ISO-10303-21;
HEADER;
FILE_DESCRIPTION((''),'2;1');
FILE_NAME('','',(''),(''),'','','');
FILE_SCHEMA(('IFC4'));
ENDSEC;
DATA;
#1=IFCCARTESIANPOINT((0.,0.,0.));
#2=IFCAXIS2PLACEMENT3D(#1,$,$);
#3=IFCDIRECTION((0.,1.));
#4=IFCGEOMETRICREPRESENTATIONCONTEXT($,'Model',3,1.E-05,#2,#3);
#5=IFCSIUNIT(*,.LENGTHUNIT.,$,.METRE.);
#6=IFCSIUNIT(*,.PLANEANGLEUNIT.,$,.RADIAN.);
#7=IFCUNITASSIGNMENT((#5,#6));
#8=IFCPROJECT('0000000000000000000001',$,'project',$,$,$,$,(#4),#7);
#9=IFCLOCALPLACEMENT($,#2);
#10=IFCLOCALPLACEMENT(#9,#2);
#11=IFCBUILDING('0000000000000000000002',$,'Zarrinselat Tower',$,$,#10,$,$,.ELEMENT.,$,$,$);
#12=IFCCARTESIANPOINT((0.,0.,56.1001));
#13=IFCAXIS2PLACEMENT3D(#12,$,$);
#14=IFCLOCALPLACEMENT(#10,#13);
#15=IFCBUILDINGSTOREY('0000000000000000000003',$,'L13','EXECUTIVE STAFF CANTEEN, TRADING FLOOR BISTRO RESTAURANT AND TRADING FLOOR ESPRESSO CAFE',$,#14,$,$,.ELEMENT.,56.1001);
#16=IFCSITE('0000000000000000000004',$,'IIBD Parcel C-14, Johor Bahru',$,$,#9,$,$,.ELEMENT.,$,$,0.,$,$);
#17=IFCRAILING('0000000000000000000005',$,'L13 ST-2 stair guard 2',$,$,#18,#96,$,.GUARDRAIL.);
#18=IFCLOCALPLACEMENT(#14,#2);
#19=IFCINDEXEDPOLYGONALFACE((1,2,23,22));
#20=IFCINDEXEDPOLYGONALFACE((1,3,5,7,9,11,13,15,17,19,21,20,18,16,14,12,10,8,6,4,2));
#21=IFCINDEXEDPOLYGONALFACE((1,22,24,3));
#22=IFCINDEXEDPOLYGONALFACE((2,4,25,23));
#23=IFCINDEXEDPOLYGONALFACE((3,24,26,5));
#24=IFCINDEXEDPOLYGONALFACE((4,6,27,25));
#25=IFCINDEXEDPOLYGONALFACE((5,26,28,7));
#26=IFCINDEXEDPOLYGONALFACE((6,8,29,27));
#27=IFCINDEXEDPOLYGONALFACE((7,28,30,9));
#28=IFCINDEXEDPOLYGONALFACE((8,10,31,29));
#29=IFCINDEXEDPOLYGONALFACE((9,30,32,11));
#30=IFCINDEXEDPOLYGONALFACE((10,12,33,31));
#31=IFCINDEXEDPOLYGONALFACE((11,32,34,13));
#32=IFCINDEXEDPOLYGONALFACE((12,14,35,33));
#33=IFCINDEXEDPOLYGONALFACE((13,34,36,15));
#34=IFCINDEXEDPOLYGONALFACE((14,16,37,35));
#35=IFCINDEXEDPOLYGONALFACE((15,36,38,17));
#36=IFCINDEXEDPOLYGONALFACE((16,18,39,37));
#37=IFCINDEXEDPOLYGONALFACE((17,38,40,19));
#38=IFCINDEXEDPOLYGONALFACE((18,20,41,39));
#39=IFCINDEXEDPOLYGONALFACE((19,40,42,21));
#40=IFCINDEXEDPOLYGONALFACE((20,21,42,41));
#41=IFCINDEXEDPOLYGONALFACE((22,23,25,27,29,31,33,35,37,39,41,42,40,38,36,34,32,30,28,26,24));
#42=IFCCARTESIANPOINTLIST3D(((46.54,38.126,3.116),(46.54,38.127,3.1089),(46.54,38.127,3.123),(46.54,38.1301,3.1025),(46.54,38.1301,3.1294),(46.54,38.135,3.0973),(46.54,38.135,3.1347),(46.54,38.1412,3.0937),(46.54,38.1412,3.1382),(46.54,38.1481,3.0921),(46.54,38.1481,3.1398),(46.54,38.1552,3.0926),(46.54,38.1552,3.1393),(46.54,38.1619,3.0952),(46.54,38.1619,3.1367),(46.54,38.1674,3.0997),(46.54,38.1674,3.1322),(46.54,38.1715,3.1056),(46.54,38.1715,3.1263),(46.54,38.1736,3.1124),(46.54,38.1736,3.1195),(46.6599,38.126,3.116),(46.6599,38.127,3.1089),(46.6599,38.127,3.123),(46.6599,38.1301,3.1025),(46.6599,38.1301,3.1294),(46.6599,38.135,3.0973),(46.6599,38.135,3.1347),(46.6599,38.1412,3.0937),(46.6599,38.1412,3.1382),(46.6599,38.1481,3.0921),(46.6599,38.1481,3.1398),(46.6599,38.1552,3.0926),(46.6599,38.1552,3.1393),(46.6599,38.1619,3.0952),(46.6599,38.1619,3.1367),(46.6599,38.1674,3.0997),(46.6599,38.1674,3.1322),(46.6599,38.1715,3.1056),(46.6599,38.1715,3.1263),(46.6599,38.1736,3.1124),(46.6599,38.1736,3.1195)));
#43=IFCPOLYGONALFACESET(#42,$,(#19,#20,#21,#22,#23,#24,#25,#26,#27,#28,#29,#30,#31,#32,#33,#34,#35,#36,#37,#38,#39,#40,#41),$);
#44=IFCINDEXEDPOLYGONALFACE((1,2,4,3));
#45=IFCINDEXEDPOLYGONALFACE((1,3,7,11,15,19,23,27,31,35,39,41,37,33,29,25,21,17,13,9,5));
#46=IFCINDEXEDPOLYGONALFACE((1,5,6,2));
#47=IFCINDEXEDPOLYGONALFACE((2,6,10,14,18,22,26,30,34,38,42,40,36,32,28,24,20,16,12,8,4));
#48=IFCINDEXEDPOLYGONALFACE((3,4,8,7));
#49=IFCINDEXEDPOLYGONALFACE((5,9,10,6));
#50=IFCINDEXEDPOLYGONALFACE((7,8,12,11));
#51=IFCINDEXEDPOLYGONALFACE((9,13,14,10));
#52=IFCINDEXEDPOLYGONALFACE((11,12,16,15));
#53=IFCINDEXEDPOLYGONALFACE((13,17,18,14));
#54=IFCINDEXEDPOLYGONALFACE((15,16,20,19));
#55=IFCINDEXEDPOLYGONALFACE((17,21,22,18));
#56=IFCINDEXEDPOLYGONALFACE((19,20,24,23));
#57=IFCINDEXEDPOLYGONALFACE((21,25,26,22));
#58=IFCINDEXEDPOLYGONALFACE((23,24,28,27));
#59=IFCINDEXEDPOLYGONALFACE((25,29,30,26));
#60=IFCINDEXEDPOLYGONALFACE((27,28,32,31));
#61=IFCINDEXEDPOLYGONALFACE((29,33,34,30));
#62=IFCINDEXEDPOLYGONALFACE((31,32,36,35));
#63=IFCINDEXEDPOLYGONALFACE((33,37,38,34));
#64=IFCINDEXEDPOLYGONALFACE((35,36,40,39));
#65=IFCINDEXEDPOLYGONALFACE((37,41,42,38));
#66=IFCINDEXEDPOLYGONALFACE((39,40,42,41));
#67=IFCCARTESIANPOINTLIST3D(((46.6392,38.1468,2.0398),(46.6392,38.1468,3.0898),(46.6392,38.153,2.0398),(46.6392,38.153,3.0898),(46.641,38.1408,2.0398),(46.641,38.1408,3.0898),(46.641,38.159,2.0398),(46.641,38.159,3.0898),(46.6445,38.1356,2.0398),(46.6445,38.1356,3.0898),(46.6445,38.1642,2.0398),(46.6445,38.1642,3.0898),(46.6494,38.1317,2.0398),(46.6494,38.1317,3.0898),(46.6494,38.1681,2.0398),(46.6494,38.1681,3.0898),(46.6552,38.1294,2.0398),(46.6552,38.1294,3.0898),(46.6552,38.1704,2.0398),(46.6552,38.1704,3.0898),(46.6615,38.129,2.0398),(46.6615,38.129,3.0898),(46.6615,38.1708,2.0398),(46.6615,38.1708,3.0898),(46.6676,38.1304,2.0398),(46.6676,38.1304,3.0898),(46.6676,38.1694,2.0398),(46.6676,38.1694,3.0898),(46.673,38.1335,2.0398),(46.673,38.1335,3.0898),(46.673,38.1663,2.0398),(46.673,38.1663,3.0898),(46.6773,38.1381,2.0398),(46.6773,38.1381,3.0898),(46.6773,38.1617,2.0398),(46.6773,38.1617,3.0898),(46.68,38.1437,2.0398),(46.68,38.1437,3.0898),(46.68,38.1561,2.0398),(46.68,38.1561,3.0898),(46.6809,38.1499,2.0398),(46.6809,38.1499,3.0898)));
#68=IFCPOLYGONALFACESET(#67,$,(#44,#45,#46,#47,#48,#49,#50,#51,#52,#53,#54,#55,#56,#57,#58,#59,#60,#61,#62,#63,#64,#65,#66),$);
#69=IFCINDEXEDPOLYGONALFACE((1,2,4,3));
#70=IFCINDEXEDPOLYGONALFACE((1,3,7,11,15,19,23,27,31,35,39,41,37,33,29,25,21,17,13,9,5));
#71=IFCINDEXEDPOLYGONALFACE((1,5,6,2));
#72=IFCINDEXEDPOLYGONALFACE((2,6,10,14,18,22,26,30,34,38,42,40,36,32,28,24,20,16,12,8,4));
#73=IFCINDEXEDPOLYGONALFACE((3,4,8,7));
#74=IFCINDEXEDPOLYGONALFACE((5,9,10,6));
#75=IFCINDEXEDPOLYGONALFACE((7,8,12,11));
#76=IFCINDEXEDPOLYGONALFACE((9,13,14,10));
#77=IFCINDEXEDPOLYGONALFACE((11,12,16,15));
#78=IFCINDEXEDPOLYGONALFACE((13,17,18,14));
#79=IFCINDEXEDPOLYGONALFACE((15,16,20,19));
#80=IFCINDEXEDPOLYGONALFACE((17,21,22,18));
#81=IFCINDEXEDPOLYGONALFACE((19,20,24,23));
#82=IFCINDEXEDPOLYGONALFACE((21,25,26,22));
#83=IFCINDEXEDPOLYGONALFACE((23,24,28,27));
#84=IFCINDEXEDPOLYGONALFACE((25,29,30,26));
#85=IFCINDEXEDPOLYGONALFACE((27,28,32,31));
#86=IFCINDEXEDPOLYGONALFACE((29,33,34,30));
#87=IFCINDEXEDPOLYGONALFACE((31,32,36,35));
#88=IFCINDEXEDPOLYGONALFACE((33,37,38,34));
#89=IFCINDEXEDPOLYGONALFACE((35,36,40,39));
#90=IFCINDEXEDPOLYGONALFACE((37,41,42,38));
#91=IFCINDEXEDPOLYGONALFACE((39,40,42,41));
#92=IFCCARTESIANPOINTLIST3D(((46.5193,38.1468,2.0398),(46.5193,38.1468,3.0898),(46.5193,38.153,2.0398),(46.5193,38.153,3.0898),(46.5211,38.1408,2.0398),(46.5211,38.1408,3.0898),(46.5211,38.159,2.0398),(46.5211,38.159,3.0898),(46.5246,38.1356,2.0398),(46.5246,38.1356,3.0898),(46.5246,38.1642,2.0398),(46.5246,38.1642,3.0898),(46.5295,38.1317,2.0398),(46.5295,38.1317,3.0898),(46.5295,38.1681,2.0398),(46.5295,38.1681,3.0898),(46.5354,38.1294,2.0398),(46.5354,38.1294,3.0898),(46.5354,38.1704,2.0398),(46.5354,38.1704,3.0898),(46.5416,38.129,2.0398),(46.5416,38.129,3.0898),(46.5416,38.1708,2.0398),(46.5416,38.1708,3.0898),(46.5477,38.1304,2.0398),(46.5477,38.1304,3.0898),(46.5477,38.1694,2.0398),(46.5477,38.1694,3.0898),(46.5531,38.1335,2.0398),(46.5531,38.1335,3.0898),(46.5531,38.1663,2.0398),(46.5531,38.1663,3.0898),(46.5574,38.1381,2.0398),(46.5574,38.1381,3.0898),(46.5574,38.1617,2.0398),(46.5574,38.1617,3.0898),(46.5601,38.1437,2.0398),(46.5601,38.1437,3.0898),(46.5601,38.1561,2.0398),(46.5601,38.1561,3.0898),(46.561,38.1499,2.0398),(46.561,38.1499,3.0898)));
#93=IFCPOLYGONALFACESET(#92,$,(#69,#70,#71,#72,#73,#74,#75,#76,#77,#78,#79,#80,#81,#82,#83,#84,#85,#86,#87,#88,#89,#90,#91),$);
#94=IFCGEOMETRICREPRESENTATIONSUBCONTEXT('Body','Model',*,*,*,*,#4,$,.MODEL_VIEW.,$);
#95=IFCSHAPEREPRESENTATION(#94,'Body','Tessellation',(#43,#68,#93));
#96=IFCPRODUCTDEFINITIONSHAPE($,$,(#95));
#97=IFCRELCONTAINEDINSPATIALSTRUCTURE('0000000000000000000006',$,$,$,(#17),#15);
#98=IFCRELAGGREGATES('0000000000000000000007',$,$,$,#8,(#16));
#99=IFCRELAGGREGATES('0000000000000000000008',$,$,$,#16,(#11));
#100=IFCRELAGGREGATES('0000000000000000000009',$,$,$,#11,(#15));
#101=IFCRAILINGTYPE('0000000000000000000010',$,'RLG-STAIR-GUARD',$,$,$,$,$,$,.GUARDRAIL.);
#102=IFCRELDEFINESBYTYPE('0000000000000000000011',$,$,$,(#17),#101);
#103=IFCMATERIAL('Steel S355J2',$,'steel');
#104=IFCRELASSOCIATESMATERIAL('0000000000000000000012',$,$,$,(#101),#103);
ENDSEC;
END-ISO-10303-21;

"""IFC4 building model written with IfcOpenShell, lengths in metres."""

from ifc_helpers import new_model, si_unit, direction, frame, origin, origin_2d, place, context, subcontext, project, spatial, circle, extrude, material, type_object, element, save


model = new_model("IFC4")

# Units and contexts
model_context = context("Model", 3, precision=1e-05, world=origin(), true_north=direction((0.0, 1.0)))
body_context = subcontext(model_context, "Body", "Model", "MODEL_VIEW")
ifc_project = project(units=[si_unit("LENGTHUNIT", "METRE"), si_unit("PLANEANGLEUNIT", "RADIAN")], contexts=[model_context])

# Site, building, storey
site_placement = place(None, origin())
site = spatial("IfcSite", under=ifc_project, at=site_placement, Name="IIBD Parcel C-14, Johor Bahru", CompositionType="ELEMENT", RefElevation=0.0)
building_placement = place(site_placement, origin())
building = spatial("IfcBuilding", under=site, at=building_placement, Name="Zarrinselat Tower", CompositionType="ELEMENT")
storey_placement = place(building_placement, frame((0.0, 0.0, 56.1001)))
storey = spatial("IfcBuildingStorey", under=building, at=storey_placement, Name="L13", Description="EXECUTIVE STAFF CANTEEN, TRADING FLOOR BISTRO RESTAURANT AND TRADING FLOOR ESPRESSO CAFE", CompositionType="ELEMENT", Elevation=56.1001)

# Railing
ifc_material_1 = material(Name="Steel S355J2", Category="steel")
railing_type_1 = type_object("IfcRailingType", Name="RLG-STAIR-GUARD", PredefinedType="GUARDRAIL", material=ifc_material_1)
railing_1_placement = place(storey_placement, frame((46.6599, 38.1499, 2.0398)))
element("IfcRailing", 1, at=railing_1_placement, inside=storey, type_object=railing_type_1, Name="L13 ST-2 stair guard 2", PredefinedType="GUARDRAIL", context=body_context, shape_type="SweptSolid", body=[
    extrude(circle(Radius=0.0239, at=origin_2d()), frame((0.0, 0.0, 1.0762), z_axis=(-1.0, 0.0, 0.0), x_axis=(0.0, -1.0, 0.0)), (0.0, 0.0, 1.0), 0.1199),
    extrude(circle(Radius=0.021, at=origin_2d()), origin(), (0.0, 0.0, 1.0), 1.05),
    extrude(circle(Radius=0.021, at=origin_2d()), frame((-0.1199, 0.0, 0.0)), (0.0, 0.0, 1.0), 1.05),
])

save(model, "model.ifc")
